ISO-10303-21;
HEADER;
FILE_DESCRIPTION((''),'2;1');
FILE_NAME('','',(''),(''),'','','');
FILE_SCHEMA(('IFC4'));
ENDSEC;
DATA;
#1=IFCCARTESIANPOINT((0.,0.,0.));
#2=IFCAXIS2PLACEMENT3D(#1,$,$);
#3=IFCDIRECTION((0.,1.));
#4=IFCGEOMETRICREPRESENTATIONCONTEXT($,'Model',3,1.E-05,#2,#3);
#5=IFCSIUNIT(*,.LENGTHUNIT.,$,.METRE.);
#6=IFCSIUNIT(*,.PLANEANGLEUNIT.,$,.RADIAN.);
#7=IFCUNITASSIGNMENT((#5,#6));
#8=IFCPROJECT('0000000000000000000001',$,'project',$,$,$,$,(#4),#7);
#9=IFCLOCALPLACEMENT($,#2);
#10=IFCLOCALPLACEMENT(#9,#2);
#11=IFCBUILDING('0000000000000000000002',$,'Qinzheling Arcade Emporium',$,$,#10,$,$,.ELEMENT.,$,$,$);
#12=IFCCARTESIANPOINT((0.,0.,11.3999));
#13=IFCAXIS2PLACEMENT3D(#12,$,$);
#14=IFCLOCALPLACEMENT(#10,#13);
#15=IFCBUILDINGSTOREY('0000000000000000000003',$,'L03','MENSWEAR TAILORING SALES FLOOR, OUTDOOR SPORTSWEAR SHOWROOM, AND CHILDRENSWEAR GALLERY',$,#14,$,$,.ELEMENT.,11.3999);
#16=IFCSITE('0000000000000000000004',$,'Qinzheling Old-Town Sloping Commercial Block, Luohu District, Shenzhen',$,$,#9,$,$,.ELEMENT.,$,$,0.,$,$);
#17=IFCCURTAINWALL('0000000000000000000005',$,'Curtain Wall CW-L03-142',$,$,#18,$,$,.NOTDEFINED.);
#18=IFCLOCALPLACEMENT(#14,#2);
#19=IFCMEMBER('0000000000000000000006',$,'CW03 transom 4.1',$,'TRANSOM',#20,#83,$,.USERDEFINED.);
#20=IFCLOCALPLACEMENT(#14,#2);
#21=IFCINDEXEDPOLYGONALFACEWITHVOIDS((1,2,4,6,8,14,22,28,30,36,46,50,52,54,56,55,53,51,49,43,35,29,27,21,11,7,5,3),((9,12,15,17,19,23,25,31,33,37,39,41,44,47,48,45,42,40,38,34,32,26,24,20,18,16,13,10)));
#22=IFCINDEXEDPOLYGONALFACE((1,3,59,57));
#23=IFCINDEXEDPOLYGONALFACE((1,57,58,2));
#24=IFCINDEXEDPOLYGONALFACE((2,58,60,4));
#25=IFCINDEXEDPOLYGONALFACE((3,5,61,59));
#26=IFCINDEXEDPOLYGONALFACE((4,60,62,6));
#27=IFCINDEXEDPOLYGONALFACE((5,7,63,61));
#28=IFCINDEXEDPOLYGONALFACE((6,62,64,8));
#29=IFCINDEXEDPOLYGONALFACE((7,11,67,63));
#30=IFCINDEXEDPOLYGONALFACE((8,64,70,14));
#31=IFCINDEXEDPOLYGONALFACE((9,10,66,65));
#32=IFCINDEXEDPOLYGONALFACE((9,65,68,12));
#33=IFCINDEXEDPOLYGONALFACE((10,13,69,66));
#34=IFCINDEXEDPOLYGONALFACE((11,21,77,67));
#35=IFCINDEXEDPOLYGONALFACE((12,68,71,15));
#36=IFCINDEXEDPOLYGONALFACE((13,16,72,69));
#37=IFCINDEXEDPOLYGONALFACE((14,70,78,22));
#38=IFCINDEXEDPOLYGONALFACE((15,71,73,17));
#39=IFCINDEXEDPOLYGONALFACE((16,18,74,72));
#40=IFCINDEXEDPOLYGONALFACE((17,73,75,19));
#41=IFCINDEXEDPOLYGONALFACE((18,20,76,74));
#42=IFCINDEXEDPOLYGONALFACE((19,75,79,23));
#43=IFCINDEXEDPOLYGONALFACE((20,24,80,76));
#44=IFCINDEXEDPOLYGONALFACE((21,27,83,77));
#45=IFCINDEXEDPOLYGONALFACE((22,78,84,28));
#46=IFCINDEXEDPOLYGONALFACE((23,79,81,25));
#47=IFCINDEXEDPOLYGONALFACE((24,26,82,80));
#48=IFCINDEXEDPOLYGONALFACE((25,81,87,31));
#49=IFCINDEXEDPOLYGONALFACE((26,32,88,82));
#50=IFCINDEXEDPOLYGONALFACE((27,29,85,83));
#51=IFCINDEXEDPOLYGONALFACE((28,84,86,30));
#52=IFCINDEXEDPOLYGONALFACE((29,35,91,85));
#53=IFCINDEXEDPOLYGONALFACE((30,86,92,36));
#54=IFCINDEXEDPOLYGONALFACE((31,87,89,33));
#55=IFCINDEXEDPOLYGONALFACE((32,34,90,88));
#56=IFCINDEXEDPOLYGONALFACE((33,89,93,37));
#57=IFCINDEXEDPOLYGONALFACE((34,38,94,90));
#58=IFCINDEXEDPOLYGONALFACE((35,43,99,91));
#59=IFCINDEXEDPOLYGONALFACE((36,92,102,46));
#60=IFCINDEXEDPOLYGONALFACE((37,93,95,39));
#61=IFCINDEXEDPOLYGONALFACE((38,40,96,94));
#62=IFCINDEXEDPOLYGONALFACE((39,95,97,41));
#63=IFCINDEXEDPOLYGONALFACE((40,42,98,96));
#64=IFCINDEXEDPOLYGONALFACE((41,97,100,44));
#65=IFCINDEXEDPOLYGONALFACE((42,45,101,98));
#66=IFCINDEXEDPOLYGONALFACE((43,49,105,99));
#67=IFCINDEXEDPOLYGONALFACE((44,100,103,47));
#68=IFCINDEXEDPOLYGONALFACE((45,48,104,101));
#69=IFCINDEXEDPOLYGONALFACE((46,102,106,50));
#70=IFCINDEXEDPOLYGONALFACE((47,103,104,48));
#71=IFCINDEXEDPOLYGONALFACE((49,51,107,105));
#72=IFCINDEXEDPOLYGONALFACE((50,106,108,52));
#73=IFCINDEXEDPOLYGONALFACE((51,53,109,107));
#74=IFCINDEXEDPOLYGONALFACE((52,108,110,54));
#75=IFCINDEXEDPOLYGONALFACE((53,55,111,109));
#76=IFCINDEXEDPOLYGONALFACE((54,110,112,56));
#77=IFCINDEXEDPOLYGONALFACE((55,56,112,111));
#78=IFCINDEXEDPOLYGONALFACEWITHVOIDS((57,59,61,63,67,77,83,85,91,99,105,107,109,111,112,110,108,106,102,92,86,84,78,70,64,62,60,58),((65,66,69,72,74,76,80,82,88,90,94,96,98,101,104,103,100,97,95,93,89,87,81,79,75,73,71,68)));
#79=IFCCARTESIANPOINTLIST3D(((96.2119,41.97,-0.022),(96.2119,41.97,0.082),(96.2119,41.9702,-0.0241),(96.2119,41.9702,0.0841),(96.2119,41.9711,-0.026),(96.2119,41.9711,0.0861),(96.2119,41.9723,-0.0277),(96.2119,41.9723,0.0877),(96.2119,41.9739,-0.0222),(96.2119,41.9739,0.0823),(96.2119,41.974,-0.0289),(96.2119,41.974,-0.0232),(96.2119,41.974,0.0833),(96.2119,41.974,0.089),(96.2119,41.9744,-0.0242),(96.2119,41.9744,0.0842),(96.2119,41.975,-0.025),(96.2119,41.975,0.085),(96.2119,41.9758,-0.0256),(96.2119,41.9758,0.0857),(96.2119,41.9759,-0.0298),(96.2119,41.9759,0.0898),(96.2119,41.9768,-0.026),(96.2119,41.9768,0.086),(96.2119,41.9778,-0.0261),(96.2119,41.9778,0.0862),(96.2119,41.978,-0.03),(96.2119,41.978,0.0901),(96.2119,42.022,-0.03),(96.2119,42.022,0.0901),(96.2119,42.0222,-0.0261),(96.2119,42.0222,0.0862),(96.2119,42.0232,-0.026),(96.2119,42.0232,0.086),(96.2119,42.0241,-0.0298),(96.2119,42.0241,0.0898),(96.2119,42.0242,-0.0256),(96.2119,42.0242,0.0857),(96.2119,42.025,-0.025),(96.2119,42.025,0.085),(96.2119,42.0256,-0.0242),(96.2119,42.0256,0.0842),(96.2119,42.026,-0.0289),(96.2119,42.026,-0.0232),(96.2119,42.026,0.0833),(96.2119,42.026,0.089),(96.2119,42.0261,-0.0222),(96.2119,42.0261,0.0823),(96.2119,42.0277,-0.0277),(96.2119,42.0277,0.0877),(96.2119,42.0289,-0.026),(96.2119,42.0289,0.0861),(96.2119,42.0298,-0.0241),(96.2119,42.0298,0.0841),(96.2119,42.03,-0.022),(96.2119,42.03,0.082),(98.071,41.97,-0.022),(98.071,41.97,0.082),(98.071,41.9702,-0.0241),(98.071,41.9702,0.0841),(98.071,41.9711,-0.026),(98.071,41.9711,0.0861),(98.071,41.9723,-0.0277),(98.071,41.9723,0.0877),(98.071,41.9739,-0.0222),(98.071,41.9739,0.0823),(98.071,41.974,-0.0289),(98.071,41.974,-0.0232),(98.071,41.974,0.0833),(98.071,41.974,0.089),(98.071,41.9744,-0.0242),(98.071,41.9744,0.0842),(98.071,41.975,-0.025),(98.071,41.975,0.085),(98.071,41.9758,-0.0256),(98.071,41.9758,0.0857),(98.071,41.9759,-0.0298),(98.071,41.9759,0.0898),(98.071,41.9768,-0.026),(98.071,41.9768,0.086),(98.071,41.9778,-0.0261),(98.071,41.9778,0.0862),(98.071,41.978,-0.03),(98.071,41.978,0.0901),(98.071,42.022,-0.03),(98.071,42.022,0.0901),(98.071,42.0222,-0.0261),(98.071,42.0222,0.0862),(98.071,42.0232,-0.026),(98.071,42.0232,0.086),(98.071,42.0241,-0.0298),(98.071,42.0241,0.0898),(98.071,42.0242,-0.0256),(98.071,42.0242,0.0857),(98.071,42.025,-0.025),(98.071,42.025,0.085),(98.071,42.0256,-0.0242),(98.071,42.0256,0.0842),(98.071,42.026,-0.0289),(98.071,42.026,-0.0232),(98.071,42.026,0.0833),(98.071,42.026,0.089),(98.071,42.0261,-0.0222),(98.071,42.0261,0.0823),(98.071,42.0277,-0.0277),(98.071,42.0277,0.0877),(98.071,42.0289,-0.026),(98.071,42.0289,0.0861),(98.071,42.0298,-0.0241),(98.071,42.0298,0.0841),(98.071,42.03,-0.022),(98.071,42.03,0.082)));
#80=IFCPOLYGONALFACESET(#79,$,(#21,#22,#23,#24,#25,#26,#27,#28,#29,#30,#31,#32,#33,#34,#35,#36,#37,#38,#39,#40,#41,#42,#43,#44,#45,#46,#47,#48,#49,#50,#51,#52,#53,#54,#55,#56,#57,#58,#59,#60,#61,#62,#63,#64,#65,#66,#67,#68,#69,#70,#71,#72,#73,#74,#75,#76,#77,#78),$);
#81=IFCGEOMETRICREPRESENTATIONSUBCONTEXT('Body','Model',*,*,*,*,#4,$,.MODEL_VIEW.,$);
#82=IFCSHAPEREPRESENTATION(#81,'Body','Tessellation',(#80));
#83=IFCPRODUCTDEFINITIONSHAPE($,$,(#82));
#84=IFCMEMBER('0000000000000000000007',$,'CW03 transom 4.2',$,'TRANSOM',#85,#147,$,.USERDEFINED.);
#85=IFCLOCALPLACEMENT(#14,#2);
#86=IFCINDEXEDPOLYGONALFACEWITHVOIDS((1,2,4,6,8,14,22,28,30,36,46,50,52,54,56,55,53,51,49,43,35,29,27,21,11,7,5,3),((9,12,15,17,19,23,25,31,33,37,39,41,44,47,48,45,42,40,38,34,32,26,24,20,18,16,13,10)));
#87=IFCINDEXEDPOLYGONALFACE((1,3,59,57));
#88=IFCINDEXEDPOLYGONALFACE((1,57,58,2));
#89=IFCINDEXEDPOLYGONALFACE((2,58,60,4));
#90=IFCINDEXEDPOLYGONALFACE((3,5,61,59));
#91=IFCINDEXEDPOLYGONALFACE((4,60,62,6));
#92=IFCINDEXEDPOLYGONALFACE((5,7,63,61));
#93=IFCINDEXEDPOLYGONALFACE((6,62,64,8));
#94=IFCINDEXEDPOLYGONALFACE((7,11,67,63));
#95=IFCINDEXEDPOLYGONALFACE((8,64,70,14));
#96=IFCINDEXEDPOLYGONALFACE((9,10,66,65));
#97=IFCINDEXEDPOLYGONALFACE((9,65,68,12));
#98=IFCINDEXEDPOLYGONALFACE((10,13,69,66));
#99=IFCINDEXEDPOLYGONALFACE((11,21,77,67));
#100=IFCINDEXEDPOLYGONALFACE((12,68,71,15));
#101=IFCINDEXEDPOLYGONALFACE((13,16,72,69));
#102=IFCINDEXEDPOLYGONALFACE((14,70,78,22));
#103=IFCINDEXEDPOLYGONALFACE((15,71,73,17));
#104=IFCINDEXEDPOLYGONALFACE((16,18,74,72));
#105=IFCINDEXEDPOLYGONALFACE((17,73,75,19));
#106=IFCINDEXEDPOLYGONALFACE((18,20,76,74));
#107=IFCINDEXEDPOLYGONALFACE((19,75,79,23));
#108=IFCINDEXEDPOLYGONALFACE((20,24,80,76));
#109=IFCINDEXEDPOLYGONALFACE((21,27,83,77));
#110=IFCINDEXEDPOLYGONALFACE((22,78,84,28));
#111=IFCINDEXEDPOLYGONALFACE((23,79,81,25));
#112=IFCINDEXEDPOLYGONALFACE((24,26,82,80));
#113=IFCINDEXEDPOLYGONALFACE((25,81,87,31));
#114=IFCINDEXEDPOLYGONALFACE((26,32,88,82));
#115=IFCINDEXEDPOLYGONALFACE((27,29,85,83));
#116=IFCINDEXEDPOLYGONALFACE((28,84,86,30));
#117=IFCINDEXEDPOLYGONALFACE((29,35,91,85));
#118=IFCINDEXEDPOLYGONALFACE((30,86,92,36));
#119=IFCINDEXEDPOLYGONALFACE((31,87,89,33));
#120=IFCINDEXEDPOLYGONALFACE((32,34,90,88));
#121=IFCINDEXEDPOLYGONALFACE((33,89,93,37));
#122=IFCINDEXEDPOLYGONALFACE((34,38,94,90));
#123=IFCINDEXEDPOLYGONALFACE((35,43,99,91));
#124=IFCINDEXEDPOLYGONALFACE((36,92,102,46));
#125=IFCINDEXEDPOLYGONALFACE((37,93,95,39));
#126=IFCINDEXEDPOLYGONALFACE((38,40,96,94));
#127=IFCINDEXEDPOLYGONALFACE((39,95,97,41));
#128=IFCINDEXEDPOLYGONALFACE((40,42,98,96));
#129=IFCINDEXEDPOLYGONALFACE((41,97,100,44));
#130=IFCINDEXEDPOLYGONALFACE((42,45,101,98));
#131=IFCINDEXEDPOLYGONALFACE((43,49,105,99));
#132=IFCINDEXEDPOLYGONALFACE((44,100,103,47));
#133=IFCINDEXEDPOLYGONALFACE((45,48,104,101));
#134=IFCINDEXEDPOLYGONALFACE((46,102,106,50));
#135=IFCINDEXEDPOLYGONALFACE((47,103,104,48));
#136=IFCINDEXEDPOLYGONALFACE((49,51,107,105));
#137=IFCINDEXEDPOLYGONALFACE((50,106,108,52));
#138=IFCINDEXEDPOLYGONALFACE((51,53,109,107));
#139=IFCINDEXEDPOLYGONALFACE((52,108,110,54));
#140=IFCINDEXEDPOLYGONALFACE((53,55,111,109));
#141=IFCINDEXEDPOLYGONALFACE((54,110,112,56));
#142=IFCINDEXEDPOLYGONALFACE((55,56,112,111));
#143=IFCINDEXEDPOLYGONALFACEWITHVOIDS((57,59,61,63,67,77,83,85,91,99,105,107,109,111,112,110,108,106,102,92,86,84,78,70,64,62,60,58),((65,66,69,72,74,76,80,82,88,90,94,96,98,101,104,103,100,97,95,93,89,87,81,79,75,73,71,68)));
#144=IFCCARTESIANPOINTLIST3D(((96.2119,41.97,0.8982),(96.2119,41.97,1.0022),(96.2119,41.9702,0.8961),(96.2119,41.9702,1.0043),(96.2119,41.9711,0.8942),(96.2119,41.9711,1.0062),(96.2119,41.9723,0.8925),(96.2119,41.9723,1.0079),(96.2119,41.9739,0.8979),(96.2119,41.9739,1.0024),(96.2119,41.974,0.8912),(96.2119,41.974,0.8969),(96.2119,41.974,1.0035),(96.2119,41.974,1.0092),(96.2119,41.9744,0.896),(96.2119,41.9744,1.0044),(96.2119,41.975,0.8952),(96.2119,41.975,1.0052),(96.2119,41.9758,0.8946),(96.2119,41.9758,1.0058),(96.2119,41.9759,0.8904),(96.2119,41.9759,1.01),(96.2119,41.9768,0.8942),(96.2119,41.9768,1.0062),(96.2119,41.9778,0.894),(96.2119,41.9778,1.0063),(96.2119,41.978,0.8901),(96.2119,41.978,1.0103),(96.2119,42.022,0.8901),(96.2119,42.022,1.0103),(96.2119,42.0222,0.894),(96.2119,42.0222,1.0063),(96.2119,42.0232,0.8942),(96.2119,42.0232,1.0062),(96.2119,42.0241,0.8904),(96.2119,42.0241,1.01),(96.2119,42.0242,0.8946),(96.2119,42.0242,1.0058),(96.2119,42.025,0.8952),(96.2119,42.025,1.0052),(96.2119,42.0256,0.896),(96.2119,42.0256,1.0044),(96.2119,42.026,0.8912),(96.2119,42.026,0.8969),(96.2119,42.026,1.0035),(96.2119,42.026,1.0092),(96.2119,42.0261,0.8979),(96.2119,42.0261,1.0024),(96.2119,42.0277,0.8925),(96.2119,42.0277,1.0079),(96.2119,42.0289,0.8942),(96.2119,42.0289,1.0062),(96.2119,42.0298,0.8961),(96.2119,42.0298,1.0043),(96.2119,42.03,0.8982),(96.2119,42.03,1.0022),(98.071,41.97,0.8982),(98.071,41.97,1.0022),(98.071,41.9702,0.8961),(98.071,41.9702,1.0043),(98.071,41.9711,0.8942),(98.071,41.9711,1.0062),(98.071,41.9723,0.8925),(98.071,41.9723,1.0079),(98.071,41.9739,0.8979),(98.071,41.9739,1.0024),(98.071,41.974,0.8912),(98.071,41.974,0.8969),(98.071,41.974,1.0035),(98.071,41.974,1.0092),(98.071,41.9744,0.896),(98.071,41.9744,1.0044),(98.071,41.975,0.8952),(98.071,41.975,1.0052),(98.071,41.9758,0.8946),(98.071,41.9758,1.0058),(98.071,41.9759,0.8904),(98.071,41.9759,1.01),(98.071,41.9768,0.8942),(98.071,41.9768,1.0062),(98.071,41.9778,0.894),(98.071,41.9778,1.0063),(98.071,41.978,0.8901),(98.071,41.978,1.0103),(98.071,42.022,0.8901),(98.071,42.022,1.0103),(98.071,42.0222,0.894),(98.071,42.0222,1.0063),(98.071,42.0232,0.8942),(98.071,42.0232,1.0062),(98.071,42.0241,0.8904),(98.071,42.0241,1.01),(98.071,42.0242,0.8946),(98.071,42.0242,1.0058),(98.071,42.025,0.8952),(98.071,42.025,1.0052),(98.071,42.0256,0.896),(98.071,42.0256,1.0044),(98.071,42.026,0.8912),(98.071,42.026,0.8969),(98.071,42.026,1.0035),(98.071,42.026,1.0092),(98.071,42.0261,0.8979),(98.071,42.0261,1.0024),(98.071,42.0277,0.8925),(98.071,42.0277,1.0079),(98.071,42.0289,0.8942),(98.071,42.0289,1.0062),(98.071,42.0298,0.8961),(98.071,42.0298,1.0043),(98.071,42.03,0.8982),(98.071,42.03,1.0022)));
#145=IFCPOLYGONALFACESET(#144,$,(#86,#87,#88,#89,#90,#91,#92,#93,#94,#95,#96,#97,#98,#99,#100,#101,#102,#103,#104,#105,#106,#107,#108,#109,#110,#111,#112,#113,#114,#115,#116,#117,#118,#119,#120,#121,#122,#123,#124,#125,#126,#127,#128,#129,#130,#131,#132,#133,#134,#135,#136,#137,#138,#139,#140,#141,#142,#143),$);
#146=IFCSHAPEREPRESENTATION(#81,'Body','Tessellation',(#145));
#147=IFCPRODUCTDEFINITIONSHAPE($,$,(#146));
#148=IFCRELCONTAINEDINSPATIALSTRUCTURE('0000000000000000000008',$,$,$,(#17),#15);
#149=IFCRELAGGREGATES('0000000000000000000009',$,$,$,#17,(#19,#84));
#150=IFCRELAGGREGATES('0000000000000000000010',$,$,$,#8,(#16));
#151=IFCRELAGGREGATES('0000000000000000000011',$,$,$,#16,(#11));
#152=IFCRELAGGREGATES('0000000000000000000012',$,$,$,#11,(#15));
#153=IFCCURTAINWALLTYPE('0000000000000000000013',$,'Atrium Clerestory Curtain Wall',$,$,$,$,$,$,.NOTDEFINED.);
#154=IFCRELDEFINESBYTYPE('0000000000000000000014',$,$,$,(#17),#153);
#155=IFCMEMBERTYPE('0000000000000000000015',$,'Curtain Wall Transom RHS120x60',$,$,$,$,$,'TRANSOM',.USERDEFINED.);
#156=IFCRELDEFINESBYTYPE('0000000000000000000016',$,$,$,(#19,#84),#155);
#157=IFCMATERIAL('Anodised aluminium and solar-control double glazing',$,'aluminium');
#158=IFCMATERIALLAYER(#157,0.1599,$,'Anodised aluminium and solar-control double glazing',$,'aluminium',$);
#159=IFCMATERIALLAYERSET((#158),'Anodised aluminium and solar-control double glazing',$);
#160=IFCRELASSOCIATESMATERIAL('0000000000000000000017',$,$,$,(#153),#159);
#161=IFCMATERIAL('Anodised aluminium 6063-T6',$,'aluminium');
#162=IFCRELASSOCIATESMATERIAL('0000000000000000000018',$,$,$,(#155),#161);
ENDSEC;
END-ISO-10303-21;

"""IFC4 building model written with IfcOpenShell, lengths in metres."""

from ifc_helpers import new_model, si_unit, direction, frame, origin, origin_2d, place, context, subcontext, project, spatial, hollow_rectangle, extrude, material, layer, layer_set, material_profile, profile_set, type_object, element, aggregate, save


model = new_model("IFC4")

# Units and contexts
model_context = context("Model", 3, precision=1e-05, world=origin(), true_north=direction((0.0, 1.0)))
body_context = subcontext(model_context, "Body", "Model", "MODEL_VIEW")
ifc_project = project(units=[si_unit("LENGTHUNIT", "METRE"), si_unit("PLANEANGLEUNIT", "RADIAN")], contexts=[model_context])

# Site, building, storey
site_placement = place(None, origin())
site = spatial("IfcSite", under=ifc_project, at=site_placement, Name="Qinzheling Old-Town Sloping Commercial Block, Luohu District, Shenzhen", CompositionType="ELEMENT", RefElevation=0.0)
building_placement = place(site_placement, origin())
building = spatial("IfcBuilding", under=site, at=building_placement, Name="Qinzheling Arcade Emporium", CompositionType="ELEMENT")
storey_placement = place(building_placement, frame((0.0, 0.0, 11.3999)))
storey = spatial("IfcBuildingStorey", under=building, at=storey_placement, Name="L03", Description="MENSWEAR TAILORING SALES FLOOR, OUTDOOR SPORTSWEAR SHOWROOM, AND CHILDRENSWEAR GALLERY", CompositionType="ELEMENT", Elevation=11.3999)

# Curtain wall, members
ifc_material_1 = material(Name="Anodised aluminium and solar-control double glazing", Category="aluminium")
ifc_layer_1 = layer(ifc_material_1, 0.1599, Name="Anodised aluminium and solar-control double glazing", Category="aluminium")
ifc_layer_set_1 = layer_set([ifc_layer_1], Name="Anodised aluminium and solar-control double glazing")
curtain_wall_type = type_object("IfcCurtainWallType", Name="Atrium Clerestory Curtain Wall", PredefinedType="NOTDEFINED", material=ifc_layer_set_1)
curtain_wall_placement = place(storey_placement, origin())
curtain_wall = element("IfcCurtainWall", 1, at=curtain_wall_placement, inside=storey, type_object=curtain_wall_type, Name="Curtain Wall CW-L03-142", PredefinedType="NOTDEFINED")
ifc_material_2 = material(Name="Anodised aluminium 6063-T6", Category="aluminium")
ifc_material_profile_1 = material_profile(ifc_material_2, hollow_rectangle(XDim=0.0601, YDim=0.1201, WallThickness=0.0039, InnerFilletRadius=0.0039, OuterFilletRadius=0.0081, at=origin_2d()), Name="RHS 120x60x4", Category="aluminium")
ifc_profile_set_1 = profile_set([ifc_material_profile_1], Name="Anodised aluminium 6063-T6")
member_type_1 = type_object("IfcMemberType", Name="Curtain Wall Transom RHS120x60", ElementType="TRANSOM", PredefinedType="USERDEFINED", material=ifc_profile_set_1)
member_1_placement = place(storey_placement, frame((98.071, 42.0, 0.03), z_axis=(-1.0, 0.0, 0.0), x_axis=(0.0, -1.0, 0.0)))
member_1 = element("IfcMember", 2, at=member_1_placement, type_object=member_type_1, Name="CW03 transom 4.1", ObjectType="TRANSOM", PredefinedType="USERDEFINED", context=body_context, shape_type="SweptSolid", body=[
    extrude(hollow_rectangle(XDim=0.0601, YDim=0.1201, WallThickness=0.0039, InnerFilletRadius=0.0039, OuterFilletRadius=0.0081, at=origin_2d()), origin(), (0.0, 0.0, 1.0), 1.8591),
])
member_2_placement = place(storey_placement, frame((98.071, 42.0, 0.9502), z_axis=(-1.0, 0.0, 0.0), x_axis=(0.0, -1.0, 0.0)))
member_2 = element("IfcMember", 3, at=member_2_placement, type_object=member_type_1, Name="CW03 transom 4.2", ObjectType="TRANSOM", PredefinedType="USERDEFINED", context=body_context, shape_type="SweptSolid", body=[
    extrude(hollow_rectangle(XDim=0.0601, YDim=0.1201, WallThickness=0.0039, InnerFilletRadius=0.0039, OuterFilletRadius=0.0081, at=origin_2d()), origin(), (0.0, 0.0, 1.0), 1.8591),
])

aggregate(curtain_wall, [member_1, member_2])

save(model, "model.ifc")
